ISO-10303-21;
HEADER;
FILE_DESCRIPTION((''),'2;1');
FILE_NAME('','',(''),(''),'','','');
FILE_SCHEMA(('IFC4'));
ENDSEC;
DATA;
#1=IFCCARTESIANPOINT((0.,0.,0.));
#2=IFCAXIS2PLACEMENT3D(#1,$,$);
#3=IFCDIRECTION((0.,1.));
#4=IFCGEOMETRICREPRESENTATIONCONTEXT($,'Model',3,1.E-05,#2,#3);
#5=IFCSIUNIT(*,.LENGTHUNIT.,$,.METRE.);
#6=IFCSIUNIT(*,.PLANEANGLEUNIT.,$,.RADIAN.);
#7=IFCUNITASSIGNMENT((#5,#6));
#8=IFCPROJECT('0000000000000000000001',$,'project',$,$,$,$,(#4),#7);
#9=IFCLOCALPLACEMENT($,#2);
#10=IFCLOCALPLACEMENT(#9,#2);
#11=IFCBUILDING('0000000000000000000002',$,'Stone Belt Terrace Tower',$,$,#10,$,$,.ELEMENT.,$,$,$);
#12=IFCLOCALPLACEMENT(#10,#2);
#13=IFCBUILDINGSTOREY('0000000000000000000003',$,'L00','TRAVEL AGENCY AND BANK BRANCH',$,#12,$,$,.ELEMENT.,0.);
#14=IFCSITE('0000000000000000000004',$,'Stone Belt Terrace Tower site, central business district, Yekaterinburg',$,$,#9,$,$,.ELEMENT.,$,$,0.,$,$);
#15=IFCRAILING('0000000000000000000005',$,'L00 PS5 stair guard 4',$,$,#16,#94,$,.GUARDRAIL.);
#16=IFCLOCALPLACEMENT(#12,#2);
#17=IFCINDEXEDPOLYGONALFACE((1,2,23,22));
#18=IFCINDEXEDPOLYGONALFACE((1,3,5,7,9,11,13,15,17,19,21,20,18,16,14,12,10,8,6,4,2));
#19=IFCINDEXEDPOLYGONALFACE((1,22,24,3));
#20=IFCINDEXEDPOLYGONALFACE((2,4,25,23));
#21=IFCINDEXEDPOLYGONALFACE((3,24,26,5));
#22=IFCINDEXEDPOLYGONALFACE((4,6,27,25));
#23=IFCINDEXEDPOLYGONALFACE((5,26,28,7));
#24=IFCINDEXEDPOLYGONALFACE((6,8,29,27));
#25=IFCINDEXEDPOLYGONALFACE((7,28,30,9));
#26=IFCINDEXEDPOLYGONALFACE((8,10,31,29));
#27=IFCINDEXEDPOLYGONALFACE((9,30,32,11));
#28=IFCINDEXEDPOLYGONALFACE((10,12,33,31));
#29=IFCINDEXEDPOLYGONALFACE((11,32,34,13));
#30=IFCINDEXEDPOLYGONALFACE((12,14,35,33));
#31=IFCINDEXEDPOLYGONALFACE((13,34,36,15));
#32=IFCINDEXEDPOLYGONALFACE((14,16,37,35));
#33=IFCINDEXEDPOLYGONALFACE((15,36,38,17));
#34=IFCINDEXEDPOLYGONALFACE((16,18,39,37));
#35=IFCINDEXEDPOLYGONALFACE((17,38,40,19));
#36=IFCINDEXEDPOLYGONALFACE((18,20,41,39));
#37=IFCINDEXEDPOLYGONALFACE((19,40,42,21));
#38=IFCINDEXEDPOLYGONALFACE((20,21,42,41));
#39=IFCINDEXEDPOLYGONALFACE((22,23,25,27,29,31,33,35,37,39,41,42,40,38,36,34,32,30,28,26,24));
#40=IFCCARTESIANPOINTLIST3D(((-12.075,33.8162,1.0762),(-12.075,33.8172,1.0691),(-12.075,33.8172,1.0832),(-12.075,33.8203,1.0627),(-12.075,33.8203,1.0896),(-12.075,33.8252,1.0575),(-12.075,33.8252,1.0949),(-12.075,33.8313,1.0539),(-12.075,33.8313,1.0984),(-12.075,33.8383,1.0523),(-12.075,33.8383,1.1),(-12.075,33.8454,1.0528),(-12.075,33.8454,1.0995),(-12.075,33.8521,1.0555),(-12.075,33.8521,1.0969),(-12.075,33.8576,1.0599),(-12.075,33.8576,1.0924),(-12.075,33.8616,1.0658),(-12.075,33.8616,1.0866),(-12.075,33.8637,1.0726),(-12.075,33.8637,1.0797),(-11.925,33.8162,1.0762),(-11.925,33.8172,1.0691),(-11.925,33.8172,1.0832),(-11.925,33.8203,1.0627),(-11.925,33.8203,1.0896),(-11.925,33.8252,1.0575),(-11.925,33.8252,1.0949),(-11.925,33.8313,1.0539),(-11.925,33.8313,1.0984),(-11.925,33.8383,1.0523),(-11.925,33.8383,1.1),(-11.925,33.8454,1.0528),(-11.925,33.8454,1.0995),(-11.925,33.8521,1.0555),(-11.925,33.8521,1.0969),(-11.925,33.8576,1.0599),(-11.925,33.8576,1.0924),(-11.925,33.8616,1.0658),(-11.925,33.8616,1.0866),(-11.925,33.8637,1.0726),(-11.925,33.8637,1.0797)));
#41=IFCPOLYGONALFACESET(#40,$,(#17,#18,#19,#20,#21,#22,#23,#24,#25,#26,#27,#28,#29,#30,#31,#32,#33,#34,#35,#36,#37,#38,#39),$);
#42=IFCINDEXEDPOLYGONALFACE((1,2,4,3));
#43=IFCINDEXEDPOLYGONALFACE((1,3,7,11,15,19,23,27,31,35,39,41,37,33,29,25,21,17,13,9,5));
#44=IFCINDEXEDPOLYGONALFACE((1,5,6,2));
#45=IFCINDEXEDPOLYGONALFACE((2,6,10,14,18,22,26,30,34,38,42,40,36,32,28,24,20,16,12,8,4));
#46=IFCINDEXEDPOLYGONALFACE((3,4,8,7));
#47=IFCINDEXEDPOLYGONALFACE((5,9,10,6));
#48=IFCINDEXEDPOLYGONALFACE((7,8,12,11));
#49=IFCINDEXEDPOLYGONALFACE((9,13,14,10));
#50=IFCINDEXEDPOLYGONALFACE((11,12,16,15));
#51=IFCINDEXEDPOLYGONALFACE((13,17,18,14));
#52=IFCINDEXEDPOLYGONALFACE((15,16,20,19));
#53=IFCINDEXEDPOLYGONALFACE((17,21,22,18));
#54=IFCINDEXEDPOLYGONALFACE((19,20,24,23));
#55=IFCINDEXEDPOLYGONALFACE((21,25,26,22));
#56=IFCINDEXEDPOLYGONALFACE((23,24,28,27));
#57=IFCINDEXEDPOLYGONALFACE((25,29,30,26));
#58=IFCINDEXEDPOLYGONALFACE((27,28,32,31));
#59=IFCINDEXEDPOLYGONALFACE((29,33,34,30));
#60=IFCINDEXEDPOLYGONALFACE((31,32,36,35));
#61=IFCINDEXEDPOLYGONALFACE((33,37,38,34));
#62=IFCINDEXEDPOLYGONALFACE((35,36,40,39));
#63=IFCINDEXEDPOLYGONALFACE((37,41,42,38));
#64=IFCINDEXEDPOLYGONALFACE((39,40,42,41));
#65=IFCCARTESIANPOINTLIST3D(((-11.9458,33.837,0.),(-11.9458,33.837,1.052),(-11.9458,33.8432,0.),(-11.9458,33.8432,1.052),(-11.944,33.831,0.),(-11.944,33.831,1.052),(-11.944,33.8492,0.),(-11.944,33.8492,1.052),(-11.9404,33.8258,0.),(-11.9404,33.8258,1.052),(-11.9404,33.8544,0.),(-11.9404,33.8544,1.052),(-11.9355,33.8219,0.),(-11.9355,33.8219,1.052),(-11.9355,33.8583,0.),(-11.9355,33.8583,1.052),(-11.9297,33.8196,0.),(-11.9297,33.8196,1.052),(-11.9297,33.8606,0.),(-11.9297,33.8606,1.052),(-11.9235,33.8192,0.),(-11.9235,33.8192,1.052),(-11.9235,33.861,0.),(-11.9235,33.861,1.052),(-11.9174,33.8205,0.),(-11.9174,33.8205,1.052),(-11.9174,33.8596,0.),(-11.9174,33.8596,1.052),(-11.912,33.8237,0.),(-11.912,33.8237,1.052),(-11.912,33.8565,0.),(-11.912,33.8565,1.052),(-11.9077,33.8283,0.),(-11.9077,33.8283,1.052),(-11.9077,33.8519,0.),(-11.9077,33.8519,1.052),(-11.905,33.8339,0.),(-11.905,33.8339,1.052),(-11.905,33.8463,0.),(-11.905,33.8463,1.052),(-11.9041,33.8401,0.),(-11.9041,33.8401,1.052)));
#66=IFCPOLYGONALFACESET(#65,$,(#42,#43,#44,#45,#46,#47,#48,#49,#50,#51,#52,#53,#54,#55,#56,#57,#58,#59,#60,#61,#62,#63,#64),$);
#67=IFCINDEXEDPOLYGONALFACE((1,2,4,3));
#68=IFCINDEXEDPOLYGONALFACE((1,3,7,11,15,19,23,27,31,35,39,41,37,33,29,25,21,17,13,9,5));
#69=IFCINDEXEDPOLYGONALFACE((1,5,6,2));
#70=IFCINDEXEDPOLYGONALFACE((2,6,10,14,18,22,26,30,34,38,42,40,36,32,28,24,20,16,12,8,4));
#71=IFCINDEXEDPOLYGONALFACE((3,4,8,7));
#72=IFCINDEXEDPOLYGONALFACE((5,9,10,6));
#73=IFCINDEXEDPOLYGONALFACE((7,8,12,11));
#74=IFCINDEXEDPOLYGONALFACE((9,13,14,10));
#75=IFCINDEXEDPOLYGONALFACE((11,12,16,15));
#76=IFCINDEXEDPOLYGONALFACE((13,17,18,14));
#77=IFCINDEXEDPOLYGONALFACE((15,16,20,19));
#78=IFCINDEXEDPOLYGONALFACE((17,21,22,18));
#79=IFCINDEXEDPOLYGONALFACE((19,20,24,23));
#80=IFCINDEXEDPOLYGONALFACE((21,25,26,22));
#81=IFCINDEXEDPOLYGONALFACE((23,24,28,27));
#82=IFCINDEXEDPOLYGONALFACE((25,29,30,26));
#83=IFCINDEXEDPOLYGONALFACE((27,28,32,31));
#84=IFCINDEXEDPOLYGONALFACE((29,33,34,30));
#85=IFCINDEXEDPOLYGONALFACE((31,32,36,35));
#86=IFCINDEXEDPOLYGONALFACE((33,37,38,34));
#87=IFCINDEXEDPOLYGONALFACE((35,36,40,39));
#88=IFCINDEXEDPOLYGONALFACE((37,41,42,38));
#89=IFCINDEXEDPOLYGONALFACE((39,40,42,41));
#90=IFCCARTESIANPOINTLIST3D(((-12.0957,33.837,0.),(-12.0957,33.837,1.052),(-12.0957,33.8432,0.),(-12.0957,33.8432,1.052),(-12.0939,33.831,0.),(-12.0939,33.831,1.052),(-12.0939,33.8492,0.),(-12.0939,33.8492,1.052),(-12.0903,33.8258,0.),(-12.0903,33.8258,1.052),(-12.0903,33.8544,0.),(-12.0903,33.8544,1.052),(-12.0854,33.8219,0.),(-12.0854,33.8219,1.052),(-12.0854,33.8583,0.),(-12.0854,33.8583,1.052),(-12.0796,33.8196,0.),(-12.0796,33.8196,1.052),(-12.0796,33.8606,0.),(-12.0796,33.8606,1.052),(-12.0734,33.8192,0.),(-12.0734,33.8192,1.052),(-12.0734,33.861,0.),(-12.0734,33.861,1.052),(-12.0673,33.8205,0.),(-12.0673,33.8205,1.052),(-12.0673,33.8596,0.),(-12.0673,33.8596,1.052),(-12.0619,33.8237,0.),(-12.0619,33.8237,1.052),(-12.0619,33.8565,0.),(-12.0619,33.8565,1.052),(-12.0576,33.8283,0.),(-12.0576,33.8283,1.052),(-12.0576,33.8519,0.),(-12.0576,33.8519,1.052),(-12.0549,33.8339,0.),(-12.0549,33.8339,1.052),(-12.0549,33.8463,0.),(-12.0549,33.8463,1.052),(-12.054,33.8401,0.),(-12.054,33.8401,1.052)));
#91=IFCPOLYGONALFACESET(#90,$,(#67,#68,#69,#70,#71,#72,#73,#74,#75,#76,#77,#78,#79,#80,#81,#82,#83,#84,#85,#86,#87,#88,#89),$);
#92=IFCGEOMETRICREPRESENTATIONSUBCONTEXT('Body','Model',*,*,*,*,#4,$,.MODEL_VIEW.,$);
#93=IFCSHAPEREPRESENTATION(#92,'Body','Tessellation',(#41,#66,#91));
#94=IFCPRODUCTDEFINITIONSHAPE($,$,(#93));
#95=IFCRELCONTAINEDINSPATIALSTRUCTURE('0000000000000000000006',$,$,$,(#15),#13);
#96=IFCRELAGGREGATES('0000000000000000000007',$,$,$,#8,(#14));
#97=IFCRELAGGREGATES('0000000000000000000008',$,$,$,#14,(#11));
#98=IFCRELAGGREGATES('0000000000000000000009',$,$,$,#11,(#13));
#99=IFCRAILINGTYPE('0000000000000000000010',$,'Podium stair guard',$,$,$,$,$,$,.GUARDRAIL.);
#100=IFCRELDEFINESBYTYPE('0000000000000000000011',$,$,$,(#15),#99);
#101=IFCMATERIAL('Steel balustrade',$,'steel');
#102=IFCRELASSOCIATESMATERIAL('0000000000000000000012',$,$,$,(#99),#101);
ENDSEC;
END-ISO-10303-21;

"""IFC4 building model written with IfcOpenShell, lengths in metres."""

from ifc_helpers import new_model, si_unit, direction, frame, origin, origin_2d, place, context, subcontext, project, spatial, circle, extrude, material, type_object, element, save


model = new_model("IFC4")

# Units and contexts
model_context = context("Model", 3, precision=1e-05, world=origin(), true_north=direction((0.0, 1.0)))
body_context = subcontext(model_context, "Body", "Model", "MODEL_VIEW")
ifc_project = project(units=[si_unit("LENGTHUNIT", "METRE"), si_unit("PLANEANGLEUNIT", "RADIAN")], contexts=[model_context])

# Site, building, storey
site_placement = place(None, origin())
site = spatial("IfcSite", under=ifc_project, at=site_placement, Name="Stone Belt Terrace Tower site, central business district, Yekaterinburg", CompositionType="ELEMENT", RefElevation=0.0)
building_placement = place(site_placement, origin())
building = spatial("IfcBuilding", under=site, at=building_placement, Name="Stone Belt Terrace Tower", CompositionType="ELEMENT")
storey_placement = place(building_placement, origin())
storey = spatial("IfcBuildingStorey", under=building, at=storey_placement, Name="L00", Description="TRAVEL AGENCY AND BANK BRANCH", CompositionType="ELEMENT", Elevation=0.0)

# Railing
ifc_material_1 = material(Name="Steel balustrade", Category="steel")
railing_type_1 = type_object("IfcRailingType", Name="Podium stair guard", PredefinedType="GUARDRAIL", material=ifc_material_1)
railing_1_placement = place(storey_placement, frame((-11.925, 33.8401, 0.0)))
element("IfcRailing", 1, at=railing_1_placement, inside=storey, type_object=railing_type_1, Name="L00 PS5 stair guard 4", PredefinedType="GUARDRAIL", context=body_context, shape_type="SweptSolid", body=[
    extrude(circle(Radius=0.0239, at=origin_2d()), frame((0.0, 0.0, 1.0762), z_axis=(-1.0, 0.0, 0.0), x_axis=(0.0, -1.0, 0.0)), (0.0, 0.0, 1.0), 0.1499),
    extrude(circle(Radius=0.021, at=origin_2d()), origin(), (0.0, 0.0, 1.0), 1.052),
    extrude(circle(Radius=0.021, at=origin_2d()), frame((-0.1499, 0.0, 0.0)), (0.0, 0.0, 1.0), 1.052),
])

save(model, "model.ifc")
